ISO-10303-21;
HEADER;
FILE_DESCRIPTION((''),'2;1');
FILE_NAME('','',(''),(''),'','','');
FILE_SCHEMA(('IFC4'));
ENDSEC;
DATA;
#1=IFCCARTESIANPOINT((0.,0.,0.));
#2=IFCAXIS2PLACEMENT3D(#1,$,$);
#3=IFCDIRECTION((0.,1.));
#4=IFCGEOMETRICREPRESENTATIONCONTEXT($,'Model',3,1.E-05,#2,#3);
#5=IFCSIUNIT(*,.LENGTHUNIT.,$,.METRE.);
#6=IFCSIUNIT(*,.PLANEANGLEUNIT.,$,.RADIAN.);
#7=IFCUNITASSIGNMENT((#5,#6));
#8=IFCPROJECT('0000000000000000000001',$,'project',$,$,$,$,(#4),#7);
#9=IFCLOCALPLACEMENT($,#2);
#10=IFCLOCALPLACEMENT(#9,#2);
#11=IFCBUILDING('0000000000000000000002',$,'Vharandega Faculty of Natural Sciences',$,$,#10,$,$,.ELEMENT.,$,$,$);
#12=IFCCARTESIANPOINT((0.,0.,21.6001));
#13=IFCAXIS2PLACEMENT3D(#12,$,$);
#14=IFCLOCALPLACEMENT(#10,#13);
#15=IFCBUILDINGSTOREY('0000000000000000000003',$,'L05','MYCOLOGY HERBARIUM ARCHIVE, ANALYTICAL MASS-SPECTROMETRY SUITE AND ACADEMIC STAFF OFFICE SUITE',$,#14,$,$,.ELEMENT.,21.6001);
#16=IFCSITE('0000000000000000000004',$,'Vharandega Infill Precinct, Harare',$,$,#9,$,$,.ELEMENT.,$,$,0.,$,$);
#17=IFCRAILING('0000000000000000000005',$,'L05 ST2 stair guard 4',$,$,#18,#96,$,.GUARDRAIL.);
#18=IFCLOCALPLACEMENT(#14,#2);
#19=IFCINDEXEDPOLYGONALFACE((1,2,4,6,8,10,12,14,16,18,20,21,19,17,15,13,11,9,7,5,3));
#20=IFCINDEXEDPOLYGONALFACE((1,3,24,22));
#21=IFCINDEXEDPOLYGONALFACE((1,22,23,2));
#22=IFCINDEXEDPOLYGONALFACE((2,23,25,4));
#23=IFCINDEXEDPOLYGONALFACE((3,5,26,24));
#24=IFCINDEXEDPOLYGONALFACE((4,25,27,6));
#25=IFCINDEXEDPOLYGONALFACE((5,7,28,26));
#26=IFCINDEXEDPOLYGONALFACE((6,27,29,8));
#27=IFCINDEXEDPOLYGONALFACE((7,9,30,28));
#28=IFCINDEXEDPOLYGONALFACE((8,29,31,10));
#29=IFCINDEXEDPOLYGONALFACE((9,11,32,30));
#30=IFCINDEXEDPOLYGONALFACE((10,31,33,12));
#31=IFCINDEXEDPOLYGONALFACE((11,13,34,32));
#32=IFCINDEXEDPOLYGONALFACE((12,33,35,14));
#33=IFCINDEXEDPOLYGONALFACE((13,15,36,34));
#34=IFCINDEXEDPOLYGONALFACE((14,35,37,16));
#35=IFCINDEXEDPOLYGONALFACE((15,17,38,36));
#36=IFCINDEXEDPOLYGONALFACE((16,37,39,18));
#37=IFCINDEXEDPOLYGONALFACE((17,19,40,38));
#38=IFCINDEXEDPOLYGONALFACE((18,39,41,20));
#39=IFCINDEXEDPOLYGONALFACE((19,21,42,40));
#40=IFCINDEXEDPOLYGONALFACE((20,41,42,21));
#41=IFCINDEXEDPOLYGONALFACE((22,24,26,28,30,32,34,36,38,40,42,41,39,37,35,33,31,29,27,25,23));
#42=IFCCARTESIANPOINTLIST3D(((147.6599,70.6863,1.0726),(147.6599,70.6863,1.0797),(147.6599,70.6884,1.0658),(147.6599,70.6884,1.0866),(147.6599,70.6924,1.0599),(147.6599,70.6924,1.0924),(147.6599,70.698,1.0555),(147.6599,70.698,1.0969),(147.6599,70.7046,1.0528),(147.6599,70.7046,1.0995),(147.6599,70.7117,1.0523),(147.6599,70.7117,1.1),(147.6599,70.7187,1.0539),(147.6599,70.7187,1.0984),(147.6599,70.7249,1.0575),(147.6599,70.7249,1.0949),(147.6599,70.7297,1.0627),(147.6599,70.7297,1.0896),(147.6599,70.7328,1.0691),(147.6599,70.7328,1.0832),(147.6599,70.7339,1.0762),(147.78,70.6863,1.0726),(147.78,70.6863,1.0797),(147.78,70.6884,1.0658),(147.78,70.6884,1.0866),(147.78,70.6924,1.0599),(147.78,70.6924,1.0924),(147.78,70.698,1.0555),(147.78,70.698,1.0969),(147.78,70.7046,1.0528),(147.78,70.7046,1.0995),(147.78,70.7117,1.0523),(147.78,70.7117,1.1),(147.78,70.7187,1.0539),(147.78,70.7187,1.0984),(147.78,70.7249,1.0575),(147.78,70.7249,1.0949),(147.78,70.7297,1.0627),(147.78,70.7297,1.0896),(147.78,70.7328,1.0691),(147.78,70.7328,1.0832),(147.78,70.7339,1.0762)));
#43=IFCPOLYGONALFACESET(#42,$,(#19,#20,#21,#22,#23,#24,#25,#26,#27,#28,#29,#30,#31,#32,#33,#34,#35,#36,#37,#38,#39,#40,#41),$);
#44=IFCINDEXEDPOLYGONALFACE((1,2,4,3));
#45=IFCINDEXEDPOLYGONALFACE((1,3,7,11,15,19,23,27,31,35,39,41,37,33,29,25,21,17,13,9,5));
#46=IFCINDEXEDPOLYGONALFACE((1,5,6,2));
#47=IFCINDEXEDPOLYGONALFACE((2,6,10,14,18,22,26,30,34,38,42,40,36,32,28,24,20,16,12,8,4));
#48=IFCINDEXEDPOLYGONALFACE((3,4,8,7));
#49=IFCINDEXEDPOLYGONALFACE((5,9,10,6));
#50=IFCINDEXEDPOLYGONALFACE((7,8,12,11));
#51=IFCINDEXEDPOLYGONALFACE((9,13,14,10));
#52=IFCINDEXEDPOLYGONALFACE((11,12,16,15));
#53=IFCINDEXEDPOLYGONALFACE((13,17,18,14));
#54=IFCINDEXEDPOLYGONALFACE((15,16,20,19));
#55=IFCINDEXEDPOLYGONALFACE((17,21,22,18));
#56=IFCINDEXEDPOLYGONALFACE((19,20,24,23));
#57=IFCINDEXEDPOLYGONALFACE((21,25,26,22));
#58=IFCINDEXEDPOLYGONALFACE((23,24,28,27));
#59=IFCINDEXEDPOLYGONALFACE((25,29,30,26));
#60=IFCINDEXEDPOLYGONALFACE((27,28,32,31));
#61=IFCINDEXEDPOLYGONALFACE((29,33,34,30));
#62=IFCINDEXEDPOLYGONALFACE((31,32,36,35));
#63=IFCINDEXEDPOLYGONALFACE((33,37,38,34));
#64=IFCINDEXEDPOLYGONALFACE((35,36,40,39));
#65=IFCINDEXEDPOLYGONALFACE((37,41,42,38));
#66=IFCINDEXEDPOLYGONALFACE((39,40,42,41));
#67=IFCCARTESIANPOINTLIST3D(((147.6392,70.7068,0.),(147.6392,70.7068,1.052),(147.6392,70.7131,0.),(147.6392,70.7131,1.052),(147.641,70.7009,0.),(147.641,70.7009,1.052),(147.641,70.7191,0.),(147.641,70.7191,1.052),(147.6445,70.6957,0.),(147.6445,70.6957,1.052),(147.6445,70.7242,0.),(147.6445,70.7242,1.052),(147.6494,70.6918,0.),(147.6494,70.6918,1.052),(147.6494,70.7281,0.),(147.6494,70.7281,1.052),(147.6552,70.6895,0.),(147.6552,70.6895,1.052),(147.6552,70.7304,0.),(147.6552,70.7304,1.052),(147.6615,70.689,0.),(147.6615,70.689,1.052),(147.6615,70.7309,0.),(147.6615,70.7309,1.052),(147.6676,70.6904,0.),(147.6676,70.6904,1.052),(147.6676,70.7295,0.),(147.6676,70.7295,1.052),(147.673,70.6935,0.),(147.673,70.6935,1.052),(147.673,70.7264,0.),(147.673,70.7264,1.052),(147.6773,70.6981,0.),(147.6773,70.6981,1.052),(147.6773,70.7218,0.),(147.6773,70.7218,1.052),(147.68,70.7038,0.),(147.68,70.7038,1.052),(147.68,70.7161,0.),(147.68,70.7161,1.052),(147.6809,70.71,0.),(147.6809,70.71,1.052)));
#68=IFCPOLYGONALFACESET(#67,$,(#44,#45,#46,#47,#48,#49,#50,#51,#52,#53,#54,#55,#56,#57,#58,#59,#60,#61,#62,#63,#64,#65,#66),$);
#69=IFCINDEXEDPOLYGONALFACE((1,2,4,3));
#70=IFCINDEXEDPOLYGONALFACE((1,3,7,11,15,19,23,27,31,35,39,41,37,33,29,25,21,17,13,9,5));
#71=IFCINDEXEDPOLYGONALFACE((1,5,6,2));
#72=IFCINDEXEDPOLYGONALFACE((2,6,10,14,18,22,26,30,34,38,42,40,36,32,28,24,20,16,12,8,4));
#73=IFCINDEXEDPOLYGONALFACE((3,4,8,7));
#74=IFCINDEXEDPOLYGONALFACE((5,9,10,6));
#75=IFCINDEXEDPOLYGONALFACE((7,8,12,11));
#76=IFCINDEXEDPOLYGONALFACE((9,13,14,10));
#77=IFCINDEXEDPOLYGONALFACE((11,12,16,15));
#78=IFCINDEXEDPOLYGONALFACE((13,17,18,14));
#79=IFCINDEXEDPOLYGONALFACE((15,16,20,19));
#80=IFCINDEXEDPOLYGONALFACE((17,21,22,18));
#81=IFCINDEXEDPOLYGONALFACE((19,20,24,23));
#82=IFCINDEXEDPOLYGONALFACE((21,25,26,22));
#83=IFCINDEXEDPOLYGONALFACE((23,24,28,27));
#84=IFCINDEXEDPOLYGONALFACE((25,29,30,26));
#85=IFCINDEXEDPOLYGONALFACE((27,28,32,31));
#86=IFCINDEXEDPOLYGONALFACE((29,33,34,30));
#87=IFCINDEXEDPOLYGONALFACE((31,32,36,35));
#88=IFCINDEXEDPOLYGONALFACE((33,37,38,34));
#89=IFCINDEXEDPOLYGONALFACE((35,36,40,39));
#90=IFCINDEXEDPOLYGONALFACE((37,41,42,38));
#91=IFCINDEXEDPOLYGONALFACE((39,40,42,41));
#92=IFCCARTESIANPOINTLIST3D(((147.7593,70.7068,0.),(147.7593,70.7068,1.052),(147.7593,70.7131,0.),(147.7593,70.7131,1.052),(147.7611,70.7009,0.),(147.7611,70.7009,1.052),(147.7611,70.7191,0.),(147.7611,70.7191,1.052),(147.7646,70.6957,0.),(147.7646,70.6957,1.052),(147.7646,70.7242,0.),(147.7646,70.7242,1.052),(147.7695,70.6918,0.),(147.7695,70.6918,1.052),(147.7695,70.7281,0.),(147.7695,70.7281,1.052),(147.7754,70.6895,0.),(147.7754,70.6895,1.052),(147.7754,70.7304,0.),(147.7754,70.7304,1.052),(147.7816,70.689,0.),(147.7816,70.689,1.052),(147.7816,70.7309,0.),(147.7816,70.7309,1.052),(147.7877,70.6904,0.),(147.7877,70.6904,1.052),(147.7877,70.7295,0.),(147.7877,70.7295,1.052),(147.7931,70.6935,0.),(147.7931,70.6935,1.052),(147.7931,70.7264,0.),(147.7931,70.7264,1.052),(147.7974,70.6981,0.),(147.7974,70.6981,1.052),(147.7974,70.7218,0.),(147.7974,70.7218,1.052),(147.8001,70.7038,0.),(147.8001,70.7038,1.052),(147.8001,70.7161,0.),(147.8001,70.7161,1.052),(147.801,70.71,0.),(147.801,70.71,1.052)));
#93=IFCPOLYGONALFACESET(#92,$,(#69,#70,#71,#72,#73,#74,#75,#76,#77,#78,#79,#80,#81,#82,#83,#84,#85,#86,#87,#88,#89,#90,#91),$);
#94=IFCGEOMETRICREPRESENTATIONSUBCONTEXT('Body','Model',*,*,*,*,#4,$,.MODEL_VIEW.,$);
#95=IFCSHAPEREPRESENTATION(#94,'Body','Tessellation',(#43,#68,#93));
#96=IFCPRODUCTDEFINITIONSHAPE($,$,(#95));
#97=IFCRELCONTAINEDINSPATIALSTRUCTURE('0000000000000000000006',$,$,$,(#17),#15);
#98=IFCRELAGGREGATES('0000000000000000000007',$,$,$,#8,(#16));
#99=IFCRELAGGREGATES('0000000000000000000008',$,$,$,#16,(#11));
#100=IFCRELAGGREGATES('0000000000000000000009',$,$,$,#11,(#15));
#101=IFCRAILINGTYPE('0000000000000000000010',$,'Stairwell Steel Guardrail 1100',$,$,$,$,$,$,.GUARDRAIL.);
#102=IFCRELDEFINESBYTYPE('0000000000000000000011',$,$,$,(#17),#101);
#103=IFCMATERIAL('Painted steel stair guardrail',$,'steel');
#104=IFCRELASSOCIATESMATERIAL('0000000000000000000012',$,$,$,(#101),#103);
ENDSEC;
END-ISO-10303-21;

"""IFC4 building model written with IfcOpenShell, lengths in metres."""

from ifc_helpers import new_model, si_unit, direction, frame, origin, origin_2d, place, context, subcontext, project, spatial, circle, extrude, material, type_object, element, save


model = new_model("IFC4")

# Units and contexts
model_context = context("Model", 3, precision=1e-05, world=origin(), true_north=direction((0.0, 1.0)))
body_context = subcontext(model_context, "Body", "Model", "MODEL_VIEW")
ifc_project = project(units=[si_unit("LENGTHUNIT", "METRE"), si_unit("PLANEANGLEUNIT", "RADIAN")], contexts=[model_context])

# Site, building, storey
site_placement = place(None, origin())
site = spatial("IfcSite", under=ifc_project, at=site_placement, Name="Vharandega Infill Precinct, Harare", CompositionType="ELEMENT", RefElevation=0.0)
building_placement = place(site_placement, origin())
building = spatial("IfcBuilding", under=site, at=building_placement, Name="Vharandega Faculty of Natural Sciences", CompositionType="ELEMENT")
storey_placement = place(building_placement, frame((0.0, 0.0, 21.6001)))
storey = spatial("IfcBuildingStorey", under=building, at=storey_placement, Name="L05", Description="MYCOLOGY HERBARIUM ARCHIVE, ANALYTICAL MASS-SPECTROMETRY SUITE AND ACADEMIC STAFF OFFICE SUITE", CompositionType="ELEMENT", Elevation=21.6001)

# Railing
ifc_material_1 = material(Name="Painted steel stair guardrail", Category="steel")
railing_type_1 = type_object("IfcRailingType", Name="Stairwell Steel Guardrail 1100", PredefinedType="GUARDRAIL", material=ifc_material_1)
railing_1_placement = place(storey_placement, frame((147.6599, 70.71, 0.0)))
element("IfcRailing", 1, at=railing_1_placement, inside=storey, type_object=railing_type_1, Name="L05 ST2 stair guard 4", PredefinedType="GUARDRAIL", context=body_context, shape_type="SweptSolid", body=[
    extrude(circle(Radius=0.0239, at=origin_2d()), frame((0.0, 0.0, 1.0762), z_axis=(1.0, 0.0, 0.0), x_axis=(0.0, 1.0, 0.0)), (0.0, 0.0, 1.0), 0.1201),
    extrude(circle(Radius=0.021, at=origin_2d()), origin(), (0.0, 0.0, 1.0), 1.052),
    extrude(circle(Radius=0.021, at=origin_2d()), frame((0.1201, 0.0, 0.0)), (0.0, 0.0, 1.0), 1.052),
])

save(model, "model.ifc")
